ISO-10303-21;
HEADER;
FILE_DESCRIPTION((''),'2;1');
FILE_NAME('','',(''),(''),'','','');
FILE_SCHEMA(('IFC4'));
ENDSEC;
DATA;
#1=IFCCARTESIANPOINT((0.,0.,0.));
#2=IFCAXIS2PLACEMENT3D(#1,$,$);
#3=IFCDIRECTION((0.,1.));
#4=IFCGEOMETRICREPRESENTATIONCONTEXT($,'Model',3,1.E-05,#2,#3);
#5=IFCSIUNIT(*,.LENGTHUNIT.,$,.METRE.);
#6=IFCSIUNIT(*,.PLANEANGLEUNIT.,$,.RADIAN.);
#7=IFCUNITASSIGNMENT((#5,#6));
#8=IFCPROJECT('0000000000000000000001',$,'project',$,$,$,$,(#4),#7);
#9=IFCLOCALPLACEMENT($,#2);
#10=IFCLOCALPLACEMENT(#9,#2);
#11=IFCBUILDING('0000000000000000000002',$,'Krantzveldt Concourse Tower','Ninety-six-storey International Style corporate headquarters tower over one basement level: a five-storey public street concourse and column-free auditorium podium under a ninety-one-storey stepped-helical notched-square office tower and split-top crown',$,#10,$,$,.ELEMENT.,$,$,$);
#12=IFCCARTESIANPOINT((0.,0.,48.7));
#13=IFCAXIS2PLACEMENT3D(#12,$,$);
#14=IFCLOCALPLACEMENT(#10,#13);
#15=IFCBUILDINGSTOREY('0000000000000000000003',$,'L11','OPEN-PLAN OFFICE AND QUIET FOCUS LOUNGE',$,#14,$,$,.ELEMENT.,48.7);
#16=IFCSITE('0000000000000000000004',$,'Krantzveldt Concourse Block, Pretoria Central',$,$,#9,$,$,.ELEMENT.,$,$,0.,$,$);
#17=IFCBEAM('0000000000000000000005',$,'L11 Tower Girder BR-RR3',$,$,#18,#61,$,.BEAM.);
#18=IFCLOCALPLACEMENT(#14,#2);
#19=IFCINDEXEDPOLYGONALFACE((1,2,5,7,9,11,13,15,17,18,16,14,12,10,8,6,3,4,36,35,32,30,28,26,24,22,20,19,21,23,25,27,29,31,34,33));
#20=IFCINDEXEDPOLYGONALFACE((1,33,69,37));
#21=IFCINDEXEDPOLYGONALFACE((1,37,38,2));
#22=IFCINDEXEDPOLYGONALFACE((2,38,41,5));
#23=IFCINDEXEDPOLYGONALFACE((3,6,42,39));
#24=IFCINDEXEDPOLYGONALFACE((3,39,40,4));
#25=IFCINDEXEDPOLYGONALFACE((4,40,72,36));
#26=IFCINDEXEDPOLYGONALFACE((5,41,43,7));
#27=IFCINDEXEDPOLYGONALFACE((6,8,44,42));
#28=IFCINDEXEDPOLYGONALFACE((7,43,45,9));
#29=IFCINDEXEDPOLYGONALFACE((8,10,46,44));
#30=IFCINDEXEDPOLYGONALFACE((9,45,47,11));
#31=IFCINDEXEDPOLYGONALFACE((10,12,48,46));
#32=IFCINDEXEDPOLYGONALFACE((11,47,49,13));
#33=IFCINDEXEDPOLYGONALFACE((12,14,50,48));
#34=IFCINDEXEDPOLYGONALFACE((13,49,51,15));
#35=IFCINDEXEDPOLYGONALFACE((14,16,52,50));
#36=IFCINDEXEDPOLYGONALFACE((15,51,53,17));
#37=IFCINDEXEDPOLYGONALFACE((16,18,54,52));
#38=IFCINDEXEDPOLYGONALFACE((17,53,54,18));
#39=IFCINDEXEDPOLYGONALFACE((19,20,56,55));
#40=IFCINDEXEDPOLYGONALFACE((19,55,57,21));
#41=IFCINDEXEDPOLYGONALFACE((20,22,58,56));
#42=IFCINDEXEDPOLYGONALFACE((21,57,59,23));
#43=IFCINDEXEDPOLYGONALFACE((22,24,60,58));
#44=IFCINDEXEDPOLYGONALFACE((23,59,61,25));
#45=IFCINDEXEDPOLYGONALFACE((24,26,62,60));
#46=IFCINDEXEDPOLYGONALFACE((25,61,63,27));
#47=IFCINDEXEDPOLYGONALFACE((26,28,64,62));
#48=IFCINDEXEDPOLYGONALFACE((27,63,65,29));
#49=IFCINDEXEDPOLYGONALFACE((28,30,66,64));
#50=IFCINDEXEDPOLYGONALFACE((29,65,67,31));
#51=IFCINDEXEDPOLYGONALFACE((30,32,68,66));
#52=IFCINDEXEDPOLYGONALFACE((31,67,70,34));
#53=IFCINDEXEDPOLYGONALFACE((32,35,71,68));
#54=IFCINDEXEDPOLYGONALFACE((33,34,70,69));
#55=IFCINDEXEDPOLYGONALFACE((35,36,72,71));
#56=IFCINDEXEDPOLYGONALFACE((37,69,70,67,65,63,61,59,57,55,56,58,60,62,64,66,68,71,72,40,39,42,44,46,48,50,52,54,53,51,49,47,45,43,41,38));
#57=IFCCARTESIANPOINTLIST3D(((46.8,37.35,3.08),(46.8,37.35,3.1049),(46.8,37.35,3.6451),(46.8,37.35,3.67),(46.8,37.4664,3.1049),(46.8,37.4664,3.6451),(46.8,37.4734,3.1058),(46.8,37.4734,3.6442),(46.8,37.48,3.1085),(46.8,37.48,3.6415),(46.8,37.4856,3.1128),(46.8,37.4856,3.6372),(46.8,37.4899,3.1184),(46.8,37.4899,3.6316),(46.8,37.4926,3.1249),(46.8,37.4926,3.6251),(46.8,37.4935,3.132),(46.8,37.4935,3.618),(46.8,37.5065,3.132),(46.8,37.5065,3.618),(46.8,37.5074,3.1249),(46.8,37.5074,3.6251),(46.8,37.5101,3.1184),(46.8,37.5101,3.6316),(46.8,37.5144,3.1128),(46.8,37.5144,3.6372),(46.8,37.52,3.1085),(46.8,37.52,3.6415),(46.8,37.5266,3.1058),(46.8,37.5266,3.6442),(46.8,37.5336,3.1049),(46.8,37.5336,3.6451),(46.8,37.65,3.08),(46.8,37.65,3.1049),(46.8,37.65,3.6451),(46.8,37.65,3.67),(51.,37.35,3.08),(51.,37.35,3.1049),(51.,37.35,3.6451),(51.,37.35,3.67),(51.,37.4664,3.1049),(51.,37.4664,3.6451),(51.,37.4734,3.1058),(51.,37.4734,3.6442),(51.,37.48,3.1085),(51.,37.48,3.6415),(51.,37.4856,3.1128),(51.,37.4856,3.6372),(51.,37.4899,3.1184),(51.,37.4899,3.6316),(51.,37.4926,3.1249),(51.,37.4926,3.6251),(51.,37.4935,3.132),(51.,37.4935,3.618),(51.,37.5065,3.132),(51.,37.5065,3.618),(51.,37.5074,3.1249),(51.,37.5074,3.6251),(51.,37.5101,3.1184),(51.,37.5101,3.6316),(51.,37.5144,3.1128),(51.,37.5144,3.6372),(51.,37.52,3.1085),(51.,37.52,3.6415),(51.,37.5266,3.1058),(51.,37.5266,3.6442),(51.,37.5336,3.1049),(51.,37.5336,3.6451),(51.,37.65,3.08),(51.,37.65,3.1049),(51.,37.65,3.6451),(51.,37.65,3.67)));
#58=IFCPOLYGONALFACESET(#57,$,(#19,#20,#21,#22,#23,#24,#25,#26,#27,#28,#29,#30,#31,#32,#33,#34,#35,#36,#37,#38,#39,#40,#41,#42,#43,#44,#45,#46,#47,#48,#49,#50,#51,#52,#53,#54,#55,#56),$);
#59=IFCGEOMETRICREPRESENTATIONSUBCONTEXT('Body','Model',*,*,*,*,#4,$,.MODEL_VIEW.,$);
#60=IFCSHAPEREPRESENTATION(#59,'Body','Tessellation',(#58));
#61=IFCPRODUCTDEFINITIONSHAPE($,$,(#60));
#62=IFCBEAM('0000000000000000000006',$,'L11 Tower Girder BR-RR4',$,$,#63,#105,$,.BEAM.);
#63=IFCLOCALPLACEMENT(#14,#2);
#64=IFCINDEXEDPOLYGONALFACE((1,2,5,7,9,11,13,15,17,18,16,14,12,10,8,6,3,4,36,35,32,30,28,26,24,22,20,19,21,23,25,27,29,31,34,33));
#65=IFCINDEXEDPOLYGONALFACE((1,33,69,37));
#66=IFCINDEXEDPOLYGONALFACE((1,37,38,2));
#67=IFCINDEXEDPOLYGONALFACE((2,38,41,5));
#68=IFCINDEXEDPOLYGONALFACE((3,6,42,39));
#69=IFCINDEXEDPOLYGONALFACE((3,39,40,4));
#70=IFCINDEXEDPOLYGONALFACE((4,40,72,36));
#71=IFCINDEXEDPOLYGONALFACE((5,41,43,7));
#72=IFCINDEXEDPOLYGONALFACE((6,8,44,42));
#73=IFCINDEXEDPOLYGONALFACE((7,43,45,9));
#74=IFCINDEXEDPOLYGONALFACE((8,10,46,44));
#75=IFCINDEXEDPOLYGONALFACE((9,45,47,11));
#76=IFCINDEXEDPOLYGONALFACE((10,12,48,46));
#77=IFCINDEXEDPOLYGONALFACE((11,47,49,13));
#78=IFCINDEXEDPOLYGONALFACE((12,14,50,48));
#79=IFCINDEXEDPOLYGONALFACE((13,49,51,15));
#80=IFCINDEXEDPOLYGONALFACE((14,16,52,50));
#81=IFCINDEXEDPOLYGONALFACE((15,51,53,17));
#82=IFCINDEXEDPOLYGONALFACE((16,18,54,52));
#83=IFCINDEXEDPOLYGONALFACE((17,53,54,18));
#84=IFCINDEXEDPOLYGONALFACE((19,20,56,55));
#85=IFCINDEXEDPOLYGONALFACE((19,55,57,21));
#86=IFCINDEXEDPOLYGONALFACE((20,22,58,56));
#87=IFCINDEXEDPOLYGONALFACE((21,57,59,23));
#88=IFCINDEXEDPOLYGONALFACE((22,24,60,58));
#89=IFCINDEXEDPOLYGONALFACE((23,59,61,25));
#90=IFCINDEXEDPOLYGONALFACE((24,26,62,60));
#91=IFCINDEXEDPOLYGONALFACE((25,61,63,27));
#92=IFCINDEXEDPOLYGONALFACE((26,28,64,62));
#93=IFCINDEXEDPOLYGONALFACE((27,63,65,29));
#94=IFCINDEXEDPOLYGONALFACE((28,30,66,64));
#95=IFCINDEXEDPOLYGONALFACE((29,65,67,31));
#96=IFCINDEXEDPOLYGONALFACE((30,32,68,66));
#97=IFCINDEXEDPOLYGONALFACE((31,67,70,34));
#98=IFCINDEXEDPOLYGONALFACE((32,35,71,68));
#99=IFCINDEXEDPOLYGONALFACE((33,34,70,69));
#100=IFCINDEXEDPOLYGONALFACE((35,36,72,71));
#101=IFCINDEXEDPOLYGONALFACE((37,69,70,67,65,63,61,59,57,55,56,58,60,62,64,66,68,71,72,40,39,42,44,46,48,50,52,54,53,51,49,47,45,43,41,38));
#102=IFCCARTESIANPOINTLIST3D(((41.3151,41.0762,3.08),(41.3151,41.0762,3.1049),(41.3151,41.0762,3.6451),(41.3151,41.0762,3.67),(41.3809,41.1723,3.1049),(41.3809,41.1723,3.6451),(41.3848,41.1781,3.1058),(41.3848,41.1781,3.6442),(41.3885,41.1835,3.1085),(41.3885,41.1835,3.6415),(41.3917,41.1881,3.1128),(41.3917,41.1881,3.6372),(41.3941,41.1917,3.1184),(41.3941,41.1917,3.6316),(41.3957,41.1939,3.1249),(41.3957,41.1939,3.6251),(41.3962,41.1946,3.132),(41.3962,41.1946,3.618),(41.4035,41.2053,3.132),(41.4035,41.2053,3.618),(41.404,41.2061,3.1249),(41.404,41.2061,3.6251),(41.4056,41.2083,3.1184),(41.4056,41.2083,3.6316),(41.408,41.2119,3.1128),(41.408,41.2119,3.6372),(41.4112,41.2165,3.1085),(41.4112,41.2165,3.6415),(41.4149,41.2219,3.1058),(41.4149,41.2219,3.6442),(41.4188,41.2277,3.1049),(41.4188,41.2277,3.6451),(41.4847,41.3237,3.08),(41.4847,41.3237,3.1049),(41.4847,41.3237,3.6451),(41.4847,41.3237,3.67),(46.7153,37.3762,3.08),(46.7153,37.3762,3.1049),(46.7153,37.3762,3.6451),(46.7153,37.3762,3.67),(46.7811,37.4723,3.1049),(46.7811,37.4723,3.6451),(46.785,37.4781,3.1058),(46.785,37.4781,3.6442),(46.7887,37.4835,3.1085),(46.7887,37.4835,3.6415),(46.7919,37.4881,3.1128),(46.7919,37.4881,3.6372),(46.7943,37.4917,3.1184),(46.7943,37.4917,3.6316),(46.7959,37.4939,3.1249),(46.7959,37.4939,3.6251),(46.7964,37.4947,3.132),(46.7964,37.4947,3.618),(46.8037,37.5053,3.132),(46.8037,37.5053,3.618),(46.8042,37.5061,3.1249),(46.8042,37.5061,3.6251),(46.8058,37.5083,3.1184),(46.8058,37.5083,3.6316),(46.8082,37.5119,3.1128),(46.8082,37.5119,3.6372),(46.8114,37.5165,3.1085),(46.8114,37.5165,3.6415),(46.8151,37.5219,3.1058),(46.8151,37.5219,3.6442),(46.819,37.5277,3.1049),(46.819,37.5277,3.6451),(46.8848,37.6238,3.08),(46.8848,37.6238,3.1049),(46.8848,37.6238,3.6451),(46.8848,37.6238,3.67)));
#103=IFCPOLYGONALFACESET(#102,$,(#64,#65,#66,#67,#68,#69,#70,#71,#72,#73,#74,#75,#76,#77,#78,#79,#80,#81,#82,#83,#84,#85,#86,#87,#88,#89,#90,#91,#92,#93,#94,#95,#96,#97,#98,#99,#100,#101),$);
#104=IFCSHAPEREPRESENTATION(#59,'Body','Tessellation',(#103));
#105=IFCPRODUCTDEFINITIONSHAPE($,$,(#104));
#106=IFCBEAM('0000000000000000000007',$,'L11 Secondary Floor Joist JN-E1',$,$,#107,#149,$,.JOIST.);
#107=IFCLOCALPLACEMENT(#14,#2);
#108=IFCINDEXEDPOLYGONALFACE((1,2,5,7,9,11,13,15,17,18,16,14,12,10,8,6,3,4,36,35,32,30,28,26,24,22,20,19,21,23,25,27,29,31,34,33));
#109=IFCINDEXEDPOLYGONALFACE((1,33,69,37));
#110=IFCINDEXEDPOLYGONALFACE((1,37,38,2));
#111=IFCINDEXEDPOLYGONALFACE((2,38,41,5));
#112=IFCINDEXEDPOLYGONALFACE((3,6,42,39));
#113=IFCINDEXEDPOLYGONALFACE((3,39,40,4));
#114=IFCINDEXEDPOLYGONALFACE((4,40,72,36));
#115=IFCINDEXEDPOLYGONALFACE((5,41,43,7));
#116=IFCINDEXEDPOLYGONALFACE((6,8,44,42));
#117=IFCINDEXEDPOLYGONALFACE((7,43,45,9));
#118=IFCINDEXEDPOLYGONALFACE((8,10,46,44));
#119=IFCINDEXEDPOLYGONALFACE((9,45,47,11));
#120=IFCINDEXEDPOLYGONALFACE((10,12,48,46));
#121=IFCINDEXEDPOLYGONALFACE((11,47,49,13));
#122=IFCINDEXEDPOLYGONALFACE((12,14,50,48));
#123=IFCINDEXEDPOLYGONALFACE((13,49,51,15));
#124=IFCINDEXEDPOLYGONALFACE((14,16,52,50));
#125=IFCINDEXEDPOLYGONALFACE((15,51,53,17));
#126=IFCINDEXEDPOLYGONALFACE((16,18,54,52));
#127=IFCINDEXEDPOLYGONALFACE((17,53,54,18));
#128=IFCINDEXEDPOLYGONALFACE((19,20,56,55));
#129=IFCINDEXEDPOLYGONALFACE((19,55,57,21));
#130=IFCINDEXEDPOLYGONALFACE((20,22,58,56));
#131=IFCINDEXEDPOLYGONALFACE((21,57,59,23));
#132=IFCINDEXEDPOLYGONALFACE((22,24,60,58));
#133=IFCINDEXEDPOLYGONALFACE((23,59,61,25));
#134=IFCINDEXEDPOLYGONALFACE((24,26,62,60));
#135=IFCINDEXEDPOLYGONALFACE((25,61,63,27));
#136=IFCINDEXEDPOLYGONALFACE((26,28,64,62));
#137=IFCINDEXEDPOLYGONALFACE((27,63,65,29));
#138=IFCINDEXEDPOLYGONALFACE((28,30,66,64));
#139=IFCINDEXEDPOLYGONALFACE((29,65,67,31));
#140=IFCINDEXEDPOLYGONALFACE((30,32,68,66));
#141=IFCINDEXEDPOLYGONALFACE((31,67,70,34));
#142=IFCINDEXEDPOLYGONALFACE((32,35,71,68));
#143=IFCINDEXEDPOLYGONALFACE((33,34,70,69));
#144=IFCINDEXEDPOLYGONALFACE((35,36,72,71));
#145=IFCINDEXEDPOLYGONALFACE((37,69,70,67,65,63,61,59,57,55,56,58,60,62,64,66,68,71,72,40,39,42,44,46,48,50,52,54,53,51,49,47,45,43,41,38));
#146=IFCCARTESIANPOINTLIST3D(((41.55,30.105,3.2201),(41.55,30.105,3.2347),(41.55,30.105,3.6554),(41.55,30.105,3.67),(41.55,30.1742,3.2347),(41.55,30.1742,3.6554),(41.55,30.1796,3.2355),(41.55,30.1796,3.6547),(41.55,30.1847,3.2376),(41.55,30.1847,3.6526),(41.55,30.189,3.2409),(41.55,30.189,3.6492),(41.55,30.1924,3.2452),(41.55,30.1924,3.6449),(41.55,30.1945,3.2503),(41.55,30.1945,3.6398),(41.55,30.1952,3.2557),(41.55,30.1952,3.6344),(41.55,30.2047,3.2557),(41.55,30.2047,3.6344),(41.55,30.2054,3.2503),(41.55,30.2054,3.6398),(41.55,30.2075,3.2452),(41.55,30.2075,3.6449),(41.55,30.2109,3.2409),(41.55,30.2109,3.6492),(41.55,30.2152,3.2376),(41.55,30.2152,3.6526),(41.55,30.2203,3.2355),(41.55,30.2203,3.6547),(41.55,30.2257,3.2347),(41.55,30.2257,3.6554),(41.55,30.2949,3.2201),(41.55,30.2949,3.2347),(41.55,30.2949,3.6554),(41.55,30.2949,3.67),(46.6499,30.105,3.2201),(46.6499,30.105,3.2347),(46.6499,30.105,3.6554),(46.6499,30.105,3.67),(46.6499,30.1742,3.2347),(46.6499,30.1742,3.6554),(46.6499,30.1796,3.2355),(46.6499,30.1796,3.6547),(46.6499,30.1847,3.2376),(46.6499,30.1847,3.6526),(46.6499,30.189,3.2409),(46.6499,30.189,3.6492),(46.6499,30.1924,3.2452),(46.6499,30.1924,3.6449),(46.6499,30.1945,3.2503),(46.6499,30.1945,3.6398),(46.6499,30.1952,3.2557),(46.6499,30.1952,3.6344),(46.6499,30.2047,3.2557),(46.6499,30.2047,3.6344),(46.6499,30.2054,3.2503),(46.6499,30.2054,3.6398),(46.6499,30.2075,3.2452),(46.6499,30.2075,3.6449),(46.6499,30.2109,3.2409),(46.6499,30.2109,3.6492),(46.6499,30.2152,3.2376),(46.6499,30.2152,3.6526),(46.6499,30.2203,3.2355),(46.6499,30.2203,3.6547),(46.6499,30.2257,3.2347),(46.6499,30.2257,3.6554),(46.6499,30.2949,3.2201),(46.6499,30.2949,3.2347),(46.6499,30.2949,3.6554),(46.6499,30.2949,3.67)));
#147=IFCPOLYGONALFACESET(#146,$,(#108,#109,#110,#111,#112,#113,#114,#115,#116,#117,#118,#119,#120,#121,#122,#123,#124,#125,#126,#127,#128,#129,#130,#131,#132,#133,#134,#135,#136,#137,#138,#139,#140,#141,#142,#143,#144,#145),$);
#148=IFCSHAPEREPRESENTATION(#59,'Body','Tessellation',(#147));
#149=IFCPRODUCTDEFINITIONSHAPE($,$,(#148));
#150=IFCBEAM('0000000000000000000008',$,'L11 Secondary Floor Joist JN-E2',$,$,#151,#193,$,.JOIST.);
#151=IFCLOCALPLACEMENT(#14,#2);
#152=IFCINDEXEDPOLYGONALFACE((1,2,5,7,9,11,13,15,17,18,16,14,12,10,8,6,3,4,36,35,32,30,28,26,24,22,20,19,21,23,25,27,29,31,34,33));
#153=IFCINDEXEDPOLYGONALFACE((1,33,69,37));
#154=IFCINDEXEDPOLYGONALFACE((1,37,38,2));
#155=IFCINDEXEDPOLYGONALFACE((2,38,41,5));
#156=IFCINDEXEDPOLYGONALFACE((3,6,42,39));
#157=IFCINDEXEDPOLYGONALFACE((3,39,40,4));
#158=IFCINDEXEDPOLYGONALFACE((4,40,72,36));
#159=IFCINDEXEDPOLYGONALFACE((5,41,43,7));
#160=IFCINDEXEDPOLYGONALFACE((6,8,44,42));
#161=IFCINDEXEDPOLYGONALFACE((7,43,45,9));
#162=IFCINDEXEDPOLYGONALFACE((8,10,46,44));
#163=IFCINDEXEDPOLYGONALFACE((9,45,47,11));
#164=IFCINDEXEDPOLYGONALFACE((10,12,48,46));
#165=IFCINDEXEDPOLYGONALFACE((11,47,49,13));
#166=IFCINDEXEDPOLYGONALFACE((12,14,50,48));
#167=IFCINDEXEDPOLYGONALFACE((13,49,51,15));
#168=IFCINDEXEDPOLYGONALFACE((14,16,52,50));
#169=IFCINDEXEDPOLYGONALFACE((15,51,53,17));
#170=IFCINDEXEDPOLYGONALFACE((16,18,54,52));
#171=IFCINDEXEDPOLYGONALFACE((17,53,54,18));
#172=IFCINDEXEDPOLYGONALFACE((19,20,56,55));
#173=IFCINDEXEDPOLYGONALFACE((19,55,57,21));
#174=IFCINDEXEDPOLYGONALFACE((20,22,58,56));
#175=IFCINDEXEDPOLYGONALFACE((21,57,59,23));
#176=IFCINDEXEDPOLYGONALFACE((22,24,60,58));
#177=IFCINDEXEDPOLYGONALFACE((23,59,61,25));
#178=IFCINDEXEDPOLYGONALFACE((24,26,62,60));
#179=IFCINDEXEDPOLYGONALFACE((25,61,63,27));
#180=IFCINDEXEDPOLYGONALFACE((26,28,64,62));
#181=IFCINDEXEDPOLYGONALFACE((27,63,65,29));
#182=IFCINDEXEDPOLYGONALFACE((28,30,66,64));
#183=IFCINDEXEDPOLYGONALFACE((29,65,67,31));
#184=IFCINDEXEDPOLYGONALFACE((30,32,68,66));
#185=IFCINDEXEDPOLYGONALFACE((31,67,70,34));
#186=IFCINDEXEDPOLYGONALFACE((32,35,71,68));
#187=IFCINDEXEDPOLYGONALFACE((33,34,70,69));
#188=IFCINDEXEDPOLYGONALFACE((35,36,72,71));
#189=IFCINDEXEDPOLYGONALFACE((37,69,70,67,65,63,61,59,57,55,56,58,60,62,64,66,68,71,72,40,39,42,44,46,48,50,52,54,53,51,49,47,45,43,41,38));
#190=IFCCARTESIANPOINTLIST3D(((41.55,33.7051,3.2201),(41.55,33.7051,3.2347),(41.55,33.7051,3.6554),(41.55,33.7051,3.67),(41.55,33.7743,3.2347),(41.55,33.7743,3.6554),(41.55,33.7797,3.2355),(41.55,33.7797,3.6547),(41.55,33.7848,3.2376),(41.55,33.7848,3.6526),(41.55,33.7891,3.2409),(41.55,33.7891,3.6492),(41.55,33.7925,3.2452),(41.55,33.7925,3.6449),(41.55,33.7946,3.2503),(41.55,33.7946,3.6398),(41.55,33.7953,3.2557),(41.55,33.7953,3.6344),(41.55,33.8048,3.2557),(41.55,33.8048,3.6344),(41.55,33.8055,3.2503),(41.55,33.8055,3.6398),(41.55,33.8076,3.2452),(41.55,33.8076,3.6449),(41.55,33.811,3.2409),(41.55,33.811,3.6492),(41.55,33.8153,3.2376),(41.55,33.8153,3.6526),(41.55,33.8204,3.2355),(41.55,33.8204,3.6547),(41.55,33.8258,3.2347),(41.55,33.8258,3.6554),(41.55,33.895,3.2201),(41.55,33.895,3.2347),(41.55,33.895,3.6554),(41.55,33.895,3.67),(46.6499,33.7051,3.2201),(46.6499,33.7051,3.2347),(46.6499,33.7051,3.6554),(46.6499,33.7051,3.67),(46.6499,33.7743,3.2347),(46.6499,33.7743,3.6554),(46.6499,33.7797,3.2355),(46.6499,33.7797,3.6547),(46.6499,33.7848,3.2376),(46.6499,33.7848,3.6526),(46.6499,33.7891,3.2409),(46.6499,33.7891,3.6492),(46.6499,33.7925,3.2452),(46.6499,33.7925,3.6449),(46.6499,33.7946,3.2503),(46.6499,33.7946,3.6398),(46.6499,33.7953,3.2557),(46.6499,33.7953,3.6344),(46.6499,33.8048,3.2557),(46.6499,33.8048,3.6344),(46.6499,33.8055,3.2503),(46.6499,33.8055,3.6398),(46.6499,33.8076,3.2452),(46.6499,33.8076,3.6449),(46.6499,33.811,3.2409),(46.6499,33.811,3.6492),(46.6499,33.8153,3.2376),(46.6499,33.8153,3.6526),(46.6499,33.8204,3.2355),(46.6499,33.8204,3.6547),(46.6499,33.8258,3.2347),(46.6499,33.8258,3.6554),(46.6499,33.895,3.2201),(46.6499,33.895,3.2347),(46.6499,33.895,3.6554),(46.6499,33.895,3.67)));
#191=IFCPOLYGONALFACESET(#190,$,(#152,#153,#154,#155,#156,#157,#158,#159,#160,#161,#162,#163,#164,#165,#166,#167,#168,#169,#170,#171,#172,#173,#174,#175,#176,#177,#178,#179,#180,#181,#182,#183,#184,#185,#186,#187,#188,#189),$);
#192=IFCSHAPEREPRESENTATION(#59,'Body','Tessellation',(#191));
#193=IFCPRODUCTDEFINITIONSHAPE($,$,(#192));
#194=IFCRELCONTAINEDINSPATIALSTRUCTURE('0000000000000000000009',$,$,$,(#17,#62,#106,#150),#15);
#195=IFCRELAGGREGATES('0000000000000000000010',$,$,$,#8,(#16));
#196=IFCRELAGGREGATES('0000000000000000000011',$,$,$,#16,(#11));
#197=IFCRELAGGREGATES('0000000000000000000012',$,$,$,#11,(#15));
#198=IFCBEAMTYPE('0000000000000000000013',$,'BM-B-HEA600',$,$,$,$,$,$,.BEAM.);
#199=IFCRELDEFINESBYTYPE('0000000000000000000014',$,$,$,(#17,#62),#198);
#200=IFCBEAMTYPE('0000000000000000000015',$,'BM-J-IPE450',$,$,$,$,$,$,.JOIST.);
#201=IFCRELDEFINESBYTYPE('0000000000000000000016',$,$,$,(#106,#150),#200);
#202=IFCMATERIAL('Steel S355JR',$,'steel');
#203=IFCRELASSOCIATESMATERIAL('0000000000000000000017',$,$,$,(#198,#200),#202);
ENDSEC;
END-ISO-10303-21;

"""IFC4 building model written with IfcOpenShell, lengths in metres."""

from ifc_helpers import new_model, si_unit, direction, frame, origin, origin_2d, place, context, subcontext, project, spatial, i_section, extrude, source, transform, mapped, material, material_profile, profile_set, type_object, type_shapes, element, save


model = new_model("IFC4")

# Units and contexts
model_context = context("Model", 3, precision=1e-05, world=origin(), true_north=direction((0.0, 1.0)))
body_context = subcontext(model_context, "Body", "Model", "MODEL_VIEW")
ifc_project = project(units=[si_unit("LENGTHUNIT", "METRE"), si_unit("PLANEANGLEUNIT", "RADIAN")], contexts=[model_context])

# Site, building, storey
site_placement = place(None, origin())
site = spatial("IfcSite", under=ifc_project, at=site_placement, Name="Krantzveldt Concourse Block, Pretoria Central", CompositionType="ELEMENT", RefElevation=0.0)
building_placement = place(site_placement, origin())
building = spatial("IfcBuilding", under=site, at=building_placement, Name="Krantzveldt Concourse Tower", Description="Ninety-six-storey International Style corporate headquarters tower over one basement level: a five-storey public street concourse and column-free auditorium podium under a ninety-one-storey stepped-helical notched-square office tower and split-top crown", CompositionType="ELEMENT")
storey_placement = place(building_placement, frame((0.0, 0.0, 48.7)))
storey = spatial("IfcBuildingStorey", under=building, at=storey_placement, Name="L11", Description="OPEN-PLAN OFFICE AND QUIET FOCUS LOUNGE", CompositionType="ELEMENT", Elevation=48.7)

# Beams
ifc_material_1 = material(Name="Steel S355JR", Category="steel")
ifc_material_profile_1 = material_profile(ifc_material_1, i_section(OverallWidth=0.3, OverallDepth=0.5901, WebThickness=0.0129, FlangeThickness=0.0249, FilletRadius=0.0271, at=origin_2d()), Name="Steel S355JR", Category="steel")
ifc_profile_set_1 = profile_set([ifc_material_profile_1], Name="Steel S355JR - HEA 600")
beam_type_1 = type_object("IfcBeamType", Name="BM-B-HEA600", PredefinedType="BEAM", material=ifc_profile_set_1)
shared_shape_1 = source(origin(), body_context, "Body", "SweptSolid", [
    extrude(i_section(OverallWidth=0.3, OverallDepth=0.5901, WebThickness=0.0129, FlangeThickness=0.0249, FilletRadius=0.0271, at=origin_2d()), origin(), (0.0, 0.0, 1.0), 4.2),
])
beam_1_placement = place(storey_placement, frame((46.8, 37.5, 3.375), z_axis=(1.0, 0.0, 0.0), x_axis=(0.0, 1.0, 0.0)))
element("IfcBeam", 1, at=beam_1_placement, inside=storey, type_object=beam_type_1, Name="L11 Tower Girder BR-RR3", PredefinedType="BEAM", context=body_context, shape_type="MappedRepresentation", body=[
    mapped(shared_shape_1, transform((0.0, 0.0, 0.0), x_axis=(1.0, 0.0, 0.0), y_axis=(0.0, 1.0, 0.0), z_axis=(0.0, 0.0, 1.0), scale=1.0)),
])
shared_shape_2 = source(origin(), body_context, "Body", "SweptSolid", [
    extrude(i_section(OverallWidth=0.3, OverallDepth=0.5901, WebThickness=0.0129, FlangeThickness=0.0249, FilletRadius=0.0271, at=origin_2d()), origin(), (0.0, 0.0, 1.0), 6.5461),
])
beam_2_placement = place(storey_placement, frame((46.8, 37.5, 3.375), z_axis=(-0.824943, 0.565216, 0.0), x_axis=(-0.565216, -0.824943, 0.0)))
element("IfcBeam", 2, at=beam_2_placement, inside=storey, type_object=beam_type_1, Name="L11 Tower Girder BR-RR4", PredefinedType="BEAM", context=body_context, shape_type="MappedRepresentation", body=[
    mapped(shared_shape_2, transform((0.0, 0.0, 0.0), x_axis=(1.0, 0.0, 0.0), y_axis=(0.0, 1.0, 0.0), z_axis=(0.0, 0.0, 1.0), scale=1.0)),
])
ifc_material_profile_2 = material_profile(ifc_material_1, i_section(OverallWidth=0.1899, OverallDepth=0.45, WebThickness=0.0095, FlangeThickness=0.0146, FilletRadius=0.021, at=origin_2d()), Name="Steel S355JR", Category="steel")
ifc_profile_set_2 = profile_set([ifc_material_profile_2], Name="Steel S355JR - IPE 450")
beam_type_2 = type_object("IfcBeamType", Name="BM-J-IPE450", PredefinedType="JOIST", material=ifc_profile_set_2)
shared_shape_3 = source(origin(), body_context, "Body", "SweptSolid", [
    extrude(i_section(OverallWidth=0.1899, OverallDepth=0.45, WebThickness=0.0095, FlangeThickness=0.0146, FilletRadius=0.021, at=origin_2d()), origin(), (0.0, 0.0, 1.0), 5.0999),
])
type_shapes(beam_type_2, [shared_shape_3])
for number, where, z_axis, x_axis, name in (
    (3, (41.55, 30.2, 3.4451), (1.0, 0.0, 0.0), (0.0, 1.0, 0.0), "L11 Secondary Floor Joist JN-E1"),
    (4, (41.55, 33.8, 3.4451), (1.0, 0.0, 0.0), (0.0, 1.0, 0.0), "L11 Secondary Floor Joist JN-E2"),
):
    element("IfcBeam", number, at=place(storey_placement, frame(where, z_axis=z_axis, x_axis=x_axis)), inside=storey, type_object=beam_type_2, Name=name, PredefinedType="JOIST", context=body_context, shape_type="MappedRepresentation", body=[
        mapped(shared_shape_3, transform((0.0, 0.0, 0.0), x_axis=(1.0, 0.0, 0.0), y_axis=(0.0, 1.0, 0.0), z_axis=(0.0, 0.0, 1.0), scale=1.0)),
    ])

save(model, "model.ifc")
